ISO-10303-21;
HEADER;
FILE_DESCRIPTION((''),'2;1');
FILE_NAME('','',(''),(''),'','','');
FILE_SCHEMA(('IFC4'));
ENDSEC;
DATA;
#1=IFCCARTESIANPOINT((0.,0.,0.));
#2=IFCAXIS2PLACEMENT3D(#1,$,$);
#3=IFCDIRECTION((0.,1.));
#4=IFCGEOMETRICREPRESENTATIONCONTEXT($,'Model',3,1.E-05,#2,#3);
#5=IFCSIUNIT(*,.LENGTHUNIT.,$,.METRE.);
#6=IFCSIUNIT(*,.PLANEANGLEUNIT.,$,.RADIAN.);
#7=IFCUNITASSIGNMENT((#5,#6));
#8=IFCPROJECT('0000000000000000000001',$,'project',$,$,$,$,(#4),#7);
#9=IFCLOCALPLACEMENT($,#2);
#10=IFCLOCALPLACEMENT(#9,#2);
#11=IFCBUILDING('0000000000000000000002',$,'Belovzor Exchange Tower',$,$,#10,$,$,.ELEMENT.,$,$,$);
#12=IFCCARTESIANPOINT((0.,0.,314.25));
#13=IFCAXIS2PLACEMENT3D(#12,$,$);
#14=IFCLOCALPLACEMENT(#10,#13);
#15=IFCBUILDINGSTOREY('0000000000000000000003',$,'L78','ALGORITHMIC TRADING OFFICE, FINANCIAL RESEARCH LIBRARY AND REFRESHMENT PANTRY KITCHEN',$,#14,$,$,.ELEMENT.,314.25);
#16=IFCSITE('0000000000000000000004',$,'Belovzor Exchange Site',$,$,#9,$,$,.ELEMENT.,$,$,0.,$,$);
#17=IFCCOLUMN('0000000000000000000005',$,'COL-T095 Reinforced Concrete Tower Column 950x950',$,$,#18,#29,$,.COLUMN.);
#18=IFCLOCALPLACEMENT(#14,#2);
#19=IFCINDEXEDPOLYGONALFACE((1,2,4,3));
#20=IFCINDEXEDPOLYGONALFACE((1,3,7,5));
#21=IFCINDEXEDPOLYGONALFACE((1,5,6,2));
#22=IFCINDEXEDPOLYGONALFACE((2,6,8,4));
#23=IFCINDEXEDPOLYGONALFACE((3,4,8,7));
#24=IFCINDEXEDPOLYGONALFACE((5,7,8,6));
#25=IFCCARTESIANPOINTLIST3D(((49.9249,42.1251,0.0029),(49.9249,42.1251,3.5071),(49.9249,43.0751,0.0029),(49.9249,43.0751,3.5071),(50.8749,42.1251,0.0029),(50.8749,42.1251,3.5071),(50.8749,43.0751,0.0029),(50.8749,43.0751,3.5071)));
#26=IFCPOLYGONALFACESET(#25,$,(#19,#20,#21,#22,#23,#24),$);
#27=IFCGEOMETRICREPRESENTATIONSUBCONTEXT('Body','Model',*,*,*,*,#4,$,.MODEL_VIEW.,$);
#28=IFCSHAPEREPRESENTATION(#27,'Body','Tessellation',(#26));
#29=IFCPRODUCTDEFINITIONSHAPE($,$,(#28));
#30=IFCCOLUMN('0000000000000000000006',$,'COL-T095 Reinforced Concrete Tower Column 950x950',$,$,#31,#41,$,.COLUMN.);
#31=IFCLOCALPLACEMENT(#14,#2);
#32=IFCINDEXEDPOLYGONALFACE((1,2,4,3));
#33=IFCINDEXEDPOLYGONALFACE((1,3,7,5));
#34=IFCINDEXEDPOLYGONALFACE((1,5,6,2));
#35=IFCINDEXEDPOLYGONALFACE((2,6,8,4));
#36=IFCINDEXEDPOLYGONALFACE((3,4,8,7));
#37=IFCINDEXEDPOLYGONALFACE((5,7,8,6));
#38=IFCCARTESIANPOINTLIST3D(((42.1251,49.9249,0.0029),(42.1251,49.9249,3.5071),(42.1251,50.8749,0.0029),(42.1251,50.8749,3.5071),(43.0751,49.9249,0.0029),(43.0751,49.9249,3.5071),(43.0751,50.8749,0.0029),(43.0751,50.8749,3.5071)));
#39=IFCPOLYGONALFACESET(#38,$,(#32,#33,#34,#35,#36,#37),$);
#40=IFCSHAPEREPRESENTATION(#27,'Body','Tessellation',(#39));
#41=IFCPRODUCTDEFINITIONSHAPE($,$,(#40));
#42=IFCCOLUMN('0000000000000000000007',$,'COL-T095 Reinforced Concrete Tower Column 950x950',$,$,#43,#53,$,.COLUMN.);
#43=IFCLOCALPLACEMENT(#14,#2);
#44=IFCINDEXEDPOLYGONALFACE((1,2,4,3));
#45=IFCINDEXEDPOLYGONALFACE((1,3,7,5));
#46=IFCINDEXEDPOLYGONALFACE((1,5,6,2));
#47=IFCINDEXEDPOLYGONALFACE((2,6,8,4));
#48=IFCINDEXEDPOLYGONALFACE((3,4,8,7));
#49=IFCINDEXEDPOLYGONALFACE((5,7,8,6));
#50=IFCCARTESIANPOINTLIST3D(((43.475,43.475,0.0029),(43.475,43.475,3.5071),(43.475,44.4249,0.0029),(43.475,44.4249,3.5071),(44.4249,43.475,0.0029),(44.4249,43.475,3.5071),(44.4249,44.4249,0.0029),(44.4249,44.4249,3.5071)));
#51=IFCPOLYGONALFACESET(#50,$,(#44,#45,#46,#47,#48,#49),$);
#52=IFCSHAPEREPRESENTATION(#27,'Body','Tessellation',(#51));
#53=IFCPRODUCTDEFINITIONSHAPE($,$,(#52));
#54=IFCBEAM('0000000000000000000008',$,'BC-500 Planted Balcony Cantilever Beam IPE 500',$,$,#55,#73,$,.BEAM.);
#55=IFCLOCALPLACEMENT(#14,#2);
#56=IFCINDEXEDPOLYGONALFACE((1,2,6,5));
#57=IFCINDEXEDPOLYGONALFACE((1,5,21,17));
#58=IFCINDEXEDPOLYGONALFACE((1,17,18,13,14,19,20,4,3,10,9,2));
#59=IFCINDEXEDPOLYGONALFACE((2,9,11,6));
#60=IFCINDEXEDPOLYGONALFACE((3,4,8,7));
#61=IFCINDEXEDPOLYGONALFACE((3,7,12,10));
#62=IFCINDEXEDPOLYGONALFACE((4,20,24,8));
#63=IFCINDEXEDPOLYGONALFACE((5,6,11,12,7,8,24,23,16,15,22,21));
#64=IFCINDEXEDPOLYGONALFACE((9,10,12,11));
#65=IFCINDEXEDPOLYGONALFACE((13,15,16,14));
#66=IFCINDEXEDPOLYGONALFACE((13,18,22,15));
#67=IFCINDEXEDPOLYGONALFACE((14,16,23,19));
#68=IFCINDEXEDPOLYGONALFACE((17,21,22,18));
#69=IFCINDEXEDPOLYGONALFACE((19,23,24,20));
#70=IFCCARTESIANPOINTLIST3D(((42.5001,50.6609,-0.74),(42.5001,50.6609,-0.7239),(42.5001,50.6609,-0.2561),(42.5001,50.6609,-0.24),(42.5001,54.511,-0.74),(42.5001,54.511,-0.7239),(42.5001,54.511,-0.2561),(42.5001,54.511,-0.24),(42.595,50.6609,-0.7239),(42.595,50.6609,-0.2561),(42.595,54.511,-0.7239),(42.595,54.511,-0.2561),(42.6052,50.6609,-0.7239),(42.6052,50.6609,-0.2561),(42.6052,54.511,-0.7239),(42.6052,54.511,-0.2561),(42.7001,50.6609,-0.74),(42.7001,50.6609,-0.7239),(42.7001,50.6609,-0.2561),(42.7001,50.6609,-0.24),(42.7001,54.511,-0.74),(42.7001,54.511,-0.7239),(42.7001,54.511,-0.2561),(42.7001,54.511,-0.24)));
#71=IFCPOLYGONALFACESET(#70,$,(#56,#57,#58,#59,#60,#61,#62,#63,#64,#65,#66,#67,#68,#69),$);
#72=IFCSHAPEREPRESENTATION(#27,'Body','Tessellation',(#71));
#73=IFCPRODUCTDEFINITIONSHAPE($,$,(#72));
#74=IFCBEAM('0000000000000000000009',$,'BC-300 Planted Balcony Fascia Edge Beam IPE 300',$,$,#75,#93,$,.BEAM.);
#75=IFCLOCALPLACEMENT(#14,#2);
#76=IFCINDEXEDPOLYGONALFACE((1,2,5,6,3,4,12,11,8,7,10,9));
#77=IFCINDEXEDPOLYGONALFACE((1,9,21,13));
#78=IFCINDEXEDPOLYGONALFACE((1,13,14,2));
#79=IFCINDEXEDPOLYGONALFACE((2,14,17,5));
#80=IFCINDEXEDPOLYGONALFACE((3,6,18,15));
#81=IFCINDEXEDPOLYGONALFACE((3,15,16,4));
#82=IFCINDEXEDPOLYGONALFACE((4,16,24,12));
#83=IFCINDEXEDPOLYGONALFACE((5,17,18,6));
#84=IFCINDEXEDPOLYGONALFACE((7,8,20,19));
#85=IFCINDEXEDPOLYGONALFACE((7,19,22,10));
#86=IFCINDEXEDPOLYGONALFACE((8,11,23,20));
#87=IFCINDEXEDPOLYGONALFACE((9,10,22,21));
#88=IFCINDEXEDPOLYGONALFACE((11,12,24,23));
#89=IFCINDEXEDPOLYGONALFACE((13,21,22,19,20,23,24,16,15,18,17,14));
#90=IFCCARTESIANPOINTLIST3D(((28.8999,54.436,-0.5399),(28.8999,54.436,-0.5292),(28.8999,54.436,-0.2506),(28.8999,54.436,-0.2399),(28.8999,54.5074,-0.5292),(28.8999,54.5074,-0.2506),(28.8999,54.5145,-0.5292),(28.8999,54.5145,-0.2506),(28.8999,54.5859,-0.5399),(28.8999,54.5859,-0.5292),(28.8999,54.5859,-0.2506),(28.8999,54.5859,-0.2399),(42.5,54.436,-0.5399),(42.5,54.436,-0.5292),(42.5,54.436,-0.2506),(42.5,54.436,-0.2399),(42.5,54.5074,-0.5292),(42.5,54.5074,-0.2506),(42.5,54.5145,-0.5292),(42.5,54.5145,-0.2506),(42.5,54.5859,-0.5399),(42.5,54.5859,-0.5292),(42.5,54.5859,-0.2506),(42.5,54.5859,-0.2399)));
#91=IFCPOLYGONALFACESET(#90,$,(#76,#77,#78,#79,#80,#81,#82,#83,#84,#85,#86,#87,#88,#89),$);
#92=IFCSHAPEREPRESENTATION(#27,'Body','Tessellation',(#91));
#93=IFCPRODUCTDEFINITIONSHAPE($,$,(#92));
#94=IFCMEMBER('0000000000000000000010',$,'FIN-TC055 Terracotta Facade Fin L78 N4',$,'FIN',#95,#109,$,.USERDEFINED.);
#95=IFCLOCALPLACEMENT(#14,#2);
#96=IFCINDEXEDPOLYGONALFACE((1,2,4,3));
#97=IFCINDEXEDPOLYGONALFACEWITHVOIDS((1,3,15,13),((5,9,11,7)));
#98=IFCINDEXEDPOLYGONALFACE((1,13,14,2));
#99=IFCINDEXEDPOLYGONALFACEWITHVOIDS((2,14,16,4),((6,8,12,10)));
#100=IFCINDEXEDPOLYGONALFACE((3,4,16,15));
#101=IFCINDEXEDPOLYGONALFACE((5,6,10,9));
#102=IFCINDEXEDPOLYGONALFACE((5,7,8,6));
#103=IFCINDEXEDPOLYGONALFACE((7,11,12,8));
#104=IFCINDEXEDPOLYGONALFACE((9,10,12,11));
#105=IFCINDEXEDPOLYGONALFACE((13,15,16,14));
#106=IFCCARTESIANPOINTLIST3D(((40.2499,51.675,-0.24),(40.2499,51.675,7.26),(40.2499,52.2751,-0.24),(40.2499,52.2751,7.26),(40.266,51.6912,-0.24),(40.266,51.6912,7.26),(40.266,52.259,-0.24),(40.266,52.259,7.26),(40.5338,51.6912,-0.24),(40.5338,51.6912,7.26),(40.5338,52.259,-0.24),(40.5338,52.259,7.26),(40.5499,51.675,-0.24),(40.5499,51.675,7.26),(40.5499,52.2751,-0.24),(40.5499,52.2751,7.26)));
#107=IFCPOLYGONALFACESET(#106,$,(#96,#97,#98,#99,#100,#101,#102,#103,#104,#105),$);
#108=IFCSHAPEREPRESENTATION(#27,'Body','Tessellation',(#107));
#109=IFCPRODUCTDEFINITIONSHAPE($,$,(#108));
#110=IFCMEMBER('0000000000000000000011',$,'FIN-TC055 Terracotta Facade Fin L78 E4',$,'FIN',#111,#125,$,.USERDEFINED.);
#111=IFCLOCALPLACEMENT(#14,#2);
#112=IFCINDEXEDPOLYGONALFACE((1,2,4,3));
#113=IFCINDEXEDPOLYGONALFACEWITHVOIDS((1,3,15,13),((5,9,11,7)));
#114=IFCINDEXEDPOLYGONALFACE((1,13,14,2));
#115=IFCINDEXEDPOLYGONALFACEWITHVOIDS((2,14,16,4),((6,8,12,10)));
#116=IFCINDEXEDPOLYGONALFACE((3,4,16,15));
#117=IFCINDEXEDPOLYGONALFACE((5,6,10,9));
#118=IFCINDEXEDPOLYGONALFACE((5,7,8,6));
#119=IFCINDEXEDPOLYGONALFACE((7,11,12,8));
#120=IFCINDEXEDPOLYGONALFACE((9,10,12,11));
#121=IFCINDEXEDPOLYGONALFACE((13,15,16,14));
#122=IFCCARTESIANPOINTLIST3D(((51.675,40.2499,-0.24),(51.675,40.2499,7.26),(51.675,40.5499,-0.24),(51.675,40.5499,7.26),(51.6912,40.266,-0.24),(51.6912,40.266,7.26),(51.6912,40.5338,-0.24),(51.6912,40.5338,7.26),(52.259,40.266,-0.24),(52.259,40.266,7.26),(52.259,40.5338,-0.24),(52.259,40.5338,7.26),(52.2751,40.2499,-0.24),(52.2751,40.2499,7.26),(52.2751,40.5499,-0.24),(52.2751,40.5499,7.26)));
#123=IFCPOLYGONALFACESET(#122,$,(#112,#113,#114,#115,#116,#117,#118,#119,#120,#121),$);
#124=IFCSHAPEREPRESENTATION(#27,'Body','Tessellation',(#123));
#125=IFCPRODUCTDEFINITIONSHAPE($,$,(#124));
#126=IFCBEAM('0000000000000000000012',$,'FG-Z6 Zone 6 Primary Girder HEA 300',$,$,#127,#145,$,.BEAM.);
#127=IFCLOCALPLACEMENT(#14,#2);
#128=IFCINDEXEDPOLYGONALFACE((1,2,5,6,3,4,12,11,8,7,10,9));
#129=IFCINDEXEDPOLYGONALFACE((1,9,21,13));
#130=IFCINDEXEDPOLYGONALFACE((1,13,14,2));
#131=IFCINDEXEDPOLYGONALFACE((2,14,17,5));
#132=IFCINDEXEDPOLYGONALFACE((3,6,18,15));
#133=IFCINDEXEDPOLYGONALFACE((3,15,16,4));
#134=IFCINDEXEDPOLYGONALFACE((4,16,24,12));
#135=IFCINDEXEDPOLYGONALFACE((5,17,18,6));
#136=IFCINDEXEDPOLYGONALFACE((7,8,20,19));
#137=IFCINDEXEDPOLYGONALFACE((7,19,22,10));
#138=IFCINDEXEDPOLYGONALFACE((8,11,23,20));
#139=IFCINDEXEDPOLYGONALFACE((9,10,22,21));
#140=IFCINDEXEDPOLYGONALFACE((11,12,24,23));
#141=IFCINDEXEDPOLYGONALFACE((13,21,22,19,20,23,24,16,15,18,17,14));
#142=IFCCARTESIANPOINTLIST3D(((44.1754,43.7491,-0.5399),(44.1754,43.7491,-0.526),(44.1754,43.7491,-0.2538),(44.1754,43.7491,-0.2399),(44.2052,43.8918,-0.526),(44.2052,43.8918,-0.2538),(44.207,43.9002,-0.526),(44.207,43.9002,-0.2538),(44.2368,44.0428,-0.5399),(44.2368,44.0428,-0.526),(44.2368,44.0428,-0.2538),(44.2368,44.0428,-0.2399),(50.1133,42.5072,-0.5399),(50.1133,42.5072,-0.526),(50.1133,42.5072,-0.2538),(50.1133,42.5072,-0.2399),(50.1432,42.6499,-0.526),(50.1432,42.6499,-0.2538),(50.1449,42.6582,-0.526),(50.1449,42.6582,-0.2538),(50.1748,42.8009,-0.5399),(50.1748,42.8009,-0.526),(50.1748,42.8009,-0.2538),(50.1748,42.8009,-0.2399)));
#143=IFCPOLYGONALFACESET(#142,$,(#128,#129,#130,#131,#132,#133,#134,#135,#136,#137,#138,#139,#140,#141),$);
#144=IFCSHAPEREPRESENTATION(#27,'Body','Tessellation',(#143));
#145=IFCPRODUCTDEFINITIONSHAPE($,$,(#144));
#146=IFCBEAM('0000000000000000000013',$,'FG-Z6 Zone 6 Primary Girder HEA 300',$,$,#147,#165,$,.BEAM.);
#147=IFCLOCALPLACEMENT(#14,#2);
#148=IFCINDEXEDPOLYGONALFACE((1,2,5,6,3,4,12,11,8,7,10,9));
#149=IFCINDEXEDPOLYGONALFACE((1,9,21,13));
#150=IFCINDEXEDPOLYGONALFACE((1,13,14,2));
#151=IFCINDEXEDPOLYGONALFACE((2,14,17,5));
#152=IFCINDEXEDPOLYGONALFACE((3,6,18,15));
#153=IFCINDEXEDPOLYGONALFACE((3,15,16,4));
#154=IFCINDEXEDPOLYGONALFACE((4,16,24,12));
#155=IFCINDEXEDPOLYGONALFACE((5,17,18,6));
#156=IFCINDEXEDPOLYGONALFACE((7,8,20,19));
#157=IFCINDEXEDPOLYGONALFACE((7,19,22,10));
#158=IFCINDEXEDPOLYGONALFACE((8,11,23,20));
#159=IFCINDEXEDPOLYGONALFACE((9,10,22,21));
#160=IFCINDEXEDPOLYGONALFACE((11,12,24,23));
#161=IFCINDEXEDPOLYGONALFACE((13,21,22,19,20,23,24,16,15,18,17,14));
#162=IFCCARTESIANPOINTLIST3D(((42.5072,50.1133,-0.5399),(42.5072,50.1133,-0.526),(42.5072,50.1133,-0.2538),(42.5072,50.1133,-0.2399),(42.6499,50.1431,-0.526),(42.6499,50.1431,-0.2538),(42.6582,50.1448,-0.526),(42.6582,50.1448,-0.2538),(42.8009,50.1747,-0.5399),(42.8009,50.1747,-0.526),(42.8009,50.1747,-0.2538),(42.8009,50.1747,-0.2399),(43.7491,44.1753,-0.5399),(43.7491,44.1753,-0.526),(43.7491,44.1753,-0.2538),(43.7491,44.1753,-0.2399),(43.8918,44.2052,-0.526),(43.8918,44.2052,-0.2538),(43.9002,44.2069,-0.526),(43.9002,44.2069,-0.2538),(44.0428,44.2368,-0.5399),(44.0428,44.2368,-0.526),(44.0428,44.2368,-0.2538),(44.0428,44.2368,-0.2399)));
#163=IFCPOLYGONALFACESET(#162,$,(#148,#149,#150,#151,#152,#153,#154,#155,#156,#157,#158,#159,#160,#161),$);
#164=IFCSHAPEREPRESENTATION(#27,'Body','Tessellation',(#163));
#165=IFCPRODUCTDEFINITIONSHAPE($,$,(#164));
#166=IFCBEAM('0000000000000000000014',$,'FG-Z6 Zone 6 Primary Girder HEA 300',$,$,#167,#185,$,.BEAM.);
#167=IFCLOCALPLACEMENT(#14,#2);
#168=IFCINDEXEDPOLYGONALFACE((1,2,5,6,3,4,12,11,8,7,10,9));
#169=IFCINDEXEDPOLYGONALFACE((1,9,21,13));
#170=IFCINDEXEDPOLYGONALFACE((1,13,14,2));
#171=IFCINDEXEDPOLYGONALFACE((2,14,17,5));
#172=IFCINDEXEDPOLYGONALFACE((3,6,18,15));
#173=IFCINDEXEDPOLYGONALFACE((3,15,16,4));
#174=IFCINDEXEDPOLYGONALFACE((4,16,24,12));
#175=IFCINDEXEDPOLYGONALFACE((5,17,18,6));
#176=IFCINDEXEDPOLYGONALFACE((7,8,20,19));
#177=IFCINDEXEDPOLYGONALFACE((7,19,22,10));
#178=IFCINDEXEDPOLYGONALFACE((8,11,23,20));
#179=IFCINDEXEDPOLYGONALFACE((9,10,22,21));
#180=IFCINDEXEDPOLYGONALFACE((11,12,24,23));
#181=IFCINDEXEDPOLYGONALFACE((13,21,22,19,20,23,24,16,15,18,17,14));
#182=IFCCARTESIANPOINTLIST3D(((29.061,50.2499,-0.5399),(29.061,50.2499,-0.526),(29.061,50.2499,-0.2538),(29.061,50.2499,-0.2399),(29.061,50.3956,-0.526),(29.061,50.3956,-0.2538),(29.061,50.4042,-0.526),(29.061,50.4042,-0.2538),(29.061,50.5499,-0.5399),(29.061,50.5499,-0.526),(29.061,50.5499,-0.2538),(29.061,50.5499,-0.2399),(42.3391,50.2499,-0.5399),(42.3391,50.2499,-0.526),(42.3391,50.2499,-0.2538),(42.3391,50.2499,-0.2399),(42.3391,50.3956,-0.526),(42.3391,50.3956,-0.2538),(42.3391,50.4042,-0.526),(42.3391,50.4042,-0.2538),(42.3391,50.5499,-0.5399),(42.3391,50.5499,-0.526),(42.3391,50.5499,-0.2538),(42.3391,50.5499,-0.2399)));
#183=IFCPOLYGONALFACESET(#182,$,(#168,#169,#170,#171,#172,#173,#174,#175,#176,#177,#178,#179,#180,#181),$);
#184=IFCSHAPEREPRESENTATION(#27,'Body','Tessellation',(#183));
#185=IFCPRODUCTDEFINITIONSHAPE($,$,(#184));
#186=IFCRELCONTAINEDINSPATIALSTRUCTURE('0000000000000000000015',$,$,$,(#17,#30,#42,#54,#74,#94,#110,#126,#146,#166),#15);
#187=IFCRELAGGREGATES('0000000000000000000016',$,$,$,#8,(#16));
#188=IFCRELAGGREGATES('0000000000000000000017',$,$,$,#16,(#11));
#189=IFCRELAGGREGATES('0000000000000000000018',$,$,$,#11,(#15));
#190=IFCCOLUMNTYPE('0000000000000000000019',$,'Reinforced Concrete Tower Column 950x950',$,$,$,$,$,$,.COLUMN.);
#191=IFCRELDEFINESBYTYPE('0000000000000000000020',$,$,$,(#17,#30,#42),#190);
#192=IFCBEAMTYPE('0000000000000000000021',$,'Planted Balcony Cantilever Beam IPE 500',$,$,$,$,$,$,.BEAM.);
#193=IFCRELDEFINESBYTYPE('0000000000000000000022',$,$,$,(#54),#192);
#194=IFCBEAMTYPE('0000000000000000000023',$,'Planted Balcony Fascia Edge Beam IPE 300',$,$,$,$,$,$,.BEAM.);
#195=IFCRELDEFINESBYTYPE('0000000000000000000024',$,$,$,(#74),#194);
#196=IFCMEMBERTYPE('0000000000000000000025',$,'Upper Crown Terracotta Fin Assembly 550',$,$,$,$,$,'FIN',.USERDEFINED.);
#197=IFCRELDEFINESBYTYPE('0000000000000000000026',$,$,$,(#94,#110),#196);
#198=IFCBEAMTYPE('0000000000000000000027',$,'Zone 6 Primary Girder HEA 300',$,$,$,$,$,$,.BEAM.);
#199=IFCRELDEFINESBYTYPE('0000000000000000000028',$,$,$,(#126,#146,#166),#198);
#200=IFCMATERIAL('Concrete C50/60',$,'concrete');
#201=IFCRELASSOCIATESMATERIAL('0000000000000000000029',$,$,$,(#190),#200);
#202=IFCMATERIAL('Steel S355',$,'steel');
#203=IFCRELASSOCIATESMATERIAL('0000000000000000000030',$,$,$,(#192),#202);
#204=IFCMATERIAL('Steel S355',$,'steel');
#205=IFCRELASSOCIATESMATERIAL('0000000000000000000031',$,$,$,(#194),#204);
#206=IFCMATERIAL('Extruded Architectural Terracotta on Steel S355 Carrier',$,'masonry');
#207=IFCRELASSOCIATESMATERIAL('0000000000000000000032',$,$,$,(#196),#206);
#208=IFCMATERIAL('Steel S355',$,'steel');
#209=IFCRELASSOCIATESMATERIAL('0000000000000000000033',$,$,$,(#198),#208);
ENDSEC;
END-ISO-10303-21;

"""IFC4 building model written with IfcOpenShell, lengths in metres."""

from ifc_helpers import new_model, si_unit, direction, frame, origin, origin_2d, place, context, subcontext, project, spatial, rectangle, hollow_rectangle, i_section, extrude, material, material_profile, profile_set, type_object, element, save


model = new_model("IFC4")

# Units and contexts
model_context = context("Model", 3, precision=1e-05, world=origin(), true_north=direction((0.0, 1.0)))
body_context = subcontext(model_context, "Body", "Model", "MODEL_VIEW")
ifc_project = project(units=[si_unit("LENGTHUNIT", "METRE"), si_unit("PLANEANGLEUNIT", "RADIAN")], contexts=[model_context])

# Site, building, storey
site_placement = place(None, origin())
site = spatial("IfcSite", under=ifc_project, at=site_placement, Name="Belovzor Exchange Site", CompositionType="ELEMENT", RefElevation=0.0)
building_placement = place(site_placement, origin())
building = spatial("IfcBuilding", under=site, at=building_placement, Name="Belovzor Exchange Tower", CompositionType="ELEMENT")
storey_placement = place(building_placement, frame((0.0, 0.0, 314.25)))
storey = spatial("IfcBuildingStorey", under=building, at=storey_placement, Name="L78", Description="ALGORITHMIC TRADING OFFICE, FINANCIAL RESEARCH LIBRARY AND REFRESHMENT PANTRY KITCHEN", CompositionType="ELEMENT", Elevation=314.25)

# Columns
ifc_material_1 = material(Name="Concrete C50/60", Category="concrete")
ifc_material_profile_1 = material_profile(ifc_material_1, rectangle(XDim=0.95, YDim=0.95, at=origin_2d()))
ifc_profile_set_1 = profile_set([ifc_material_profile_1], Name="Concrete C50/60")
column_type = type_object("IfcColumnType", Name="Reinforced Concrete Tower Column 950x950", PredefinedType="COLUMN", material=ifc_profile_set_1)
for number, where, z_axis, x_axis, name in (
    (1, (50.3999, 42.6001, 0.0029), (0.0, 0.0, 1.0), (1.0, 0.0, 0.0), "COL-T095 Reinforced Concrete Tower Column 950x950"),
    (2, (42.6001, 50.3999, 0.0029), (0.0, 0.0, 1.0), (1.0, 0.0, 0.0), "COL-T095 Reinforced Concrete Tower Column 950x950"),
    (3, (43.95, 43.95, 0.0029), (0.0, 0.0, 1.0), (1.0, 0.0, 0.0), "COL-T095 Reinforced Concrete Tower Column 950x950"),
):
    element("IfcColumn", number, at=place(storey_placement, frame(where, z_axis=z_axis, x_axis=x_axis)), inside=storey, type_object=column_type, Name=name, PredefinedType="COLUMN", context=body_context, shape_type="SweptSolid", body=[
        extrude(rectangle(XDim=0.95, YDim=0.95, at=origin_2d()), origin(), (0.0, 0.0, 1.0), 3.5042),
    ])

# Beams
ifc_material_2 = material(Name="Steel S355", Category="steel")
ifc_material_profile_2 = material_profile(ifc_material_2, i_section(OverallWidth=0.2, OverallDepth=0.5, WebThickness=0.0103, FlangeThickness=0.0161, at=origin_2d()))
ifc_profile_set_2 = profile_set([ifc_material_profile_2], Name="Steel S355")
beam_type_1 = type_object("IfcBeamType", Name="Planted Balcony Cantilever Beam IPE 500", PredefinedType="BEAM", material=ifc_profile_set_2)
beam_1_placement = place(storey_placement, frame((42.6001, 50.6609, -0.49), z_axis=(0.0, 1.0, 0.0), x_axis=(-1.0, 0.0, 0.0)))
element("IfcBeam", 4, at=beam_1_placement, inside=storey, type_object=beam_type_1, Name="BC-500 Planted Balcony Cantilever Beam IPE 500", PredefinedType="BEAM", context=body_context, shape_type="SweptSolid", body=[
    extrude(i_section(OverallWidth=0.2, OverallDepth=0.5, WebThickness=0.0103, FlangeThickness=0.0161, at=origin_2d()), origin(), (0.0, 0.0, 1.0), 3.8501),
])
ifc_material_3 = material(Name="Steel S355", Category="steel")
ifc_material_profile_3 = material_profile(ifc_material_3, i_section(OverallWidth=0.1499, OverallDepth=0.3, WebThickness=0.0071, FlangeThickness=0.0107, at=origin_2d()))
ifc_profile_set_3 = profile_set([ifc_material_profile_3], Name="Steel S355")
beam_type_2 = type_object("IfcBeamType", Name="Planted Balcony Fascia Edge Beam IPE 300", PredefinedType="BEAM", material=ifc_profile_set_3)
beam_2_placement = place(storey_placement, frame((42.5, 54.511, -0.3899), z_axis=(-1.0, 0.0, 0.0), x_axis=(0.0, -1.0, 0.0)))
element("IfcBeam", 5, at=beam_2_placement, inside=storey, type_object=beam_type_2, Name="BC-300 Planted Balcony Fascia Edge Beam IPE 300", PredefinedType="BEAM", context=body_context, shape_type="SweptSolid", body=[
    extrude(i_section(OverallWidth=0.1499, OverallDepth=0.3, WebThickness=0.0071, FlangeThickness=0.0107, at=origin_2d()), origin(), (0.0, 0.0, 1.0), 13.6001),
])

# Members
ifc_material_4 = material(Name="Extruded Architectural Terracotta on Steel S355 Carrier", Category="masonry")
ifc_material_profile_4 = material_profile(ifc_material_4, hollow_rectangle(XDim=0.3, YDim=0.6001, WallThickness=0.0161, at=origin_2d()))
ifc_profile_set_4 = profile_set([ifc_material_profile_4], Name="Extruded Architectural Terracotta on Steel S355 Carrier")
member_type = type_object("IfcMemberType", Name="Upper Crown Terracotta Fin Assembly 550", ElementType="FIN", PredefinedType="USERDEFINED", material=ifc_profile_set_4)
for number, where, z_axis, x_axis, name in (
    (6, (40.3999, 51.9751, -0.24), (0.0, 0.0, 1.0), (1.0, 0.0, 0.0), "FIN-TC055 Terracotta Facade Fin L78 N4"),
    (7, (51.9751, 40.3999, -0.24), (0.0, 0.0, 1.0), (0.0, 1.0, 0.0), "FIN-TC055 Terracotta Facade Fin L78 E4"),
):
    element("IfcMember", number, at=place(storey_placement, frame(where, z_axis=z_axis, x_axis=x_axis)), inside=storey, type_object=member_type, Name=name, ObjectType="FIN", PredefinedType="USERDEFINED", context=body_context, shape_type="SweptSolid", body=[
        extrude(hollow_rectangle(XDim=0.3, YDim=0.6001, WallThickness=0.0161, at=origin_2d()), origin(), (0.0, 0.0, 1.0), 7.5),
    ])

# Beams
ifc_material_5 = material(Name="Steel S355", Category="steel")
ifc_material_profile_5 = material_profile(ifc_material_5, i_section(OverallWidth=0.3, OverallDepth=0.3, WebThickness=0.0085, FlangeThickness=0.0139, at=origin_2d()))
ifc_profile_set_5 = profile_set([ifc_material_profile_5], Name="Steel S355")
beam_type_3 = type_object("IfcBeamType", Name="Zone 6 Primary Girder HEA 300", PredefinedType="BEAM", material=ifc_profile_set_5)
for number, where, z_axis, x_axis, name in (
    (8, (50.144, 42.6541, -0.3899), (-0.97882, 0.204722, 0.0), (-0.204722, -0.97882, 0.0), "FG-Z6 Zone 6 Primary Girder HEA 300"),
    (9, (43.896, 44.2061, -0.3899), (-0.204722, 0.97882, 0.0), (-0.97882, -0.204722, 0.0), "FG-Z6 Zone 6 Primary Girder HEA 300"),
):
    element("IfcBeam", number, at=place(storey_placement, frame(where, z_axis=z_axis, x_axis=x_axis)), inside=storey, type_object=beam_type_3, Name=name, PredefinedType="BEAM", context=body_context, shape_type="SweptSolid", body=[
        extrude(i_section(OverallWidth=0.3, OverallDepth=0.3, WebThickness=0.0085, FlangeThickness=0.0139, at=origin_2d()), origin(), (0.0, 0.0, 1.0), 6.0664),
    ])
beam_3_placement = place(storey_placement, frame((42.3391, 50.3999, -0.3899), z_axis=(-1.0, 0.0, 0.0), x_axis=(0.0, -1.0, 0.0)))
element("IfcBeam", 10, at=beam_3_placement, inside=storey, type_object=beam_type_3, Name="FG-Z6 Zone 6 Primary Girder HEA 300", PredefinedType="BEAM", context=body_context, shape_type="SweptSolid", body=[
    extrude(i_section(OverallWidth=0.3, OverallDepth=0.3, WebThickness=0.0085, FlangeThickness=0.0139, at=origin_2d()), origin(), (0.0, 0.0, 1.0), 13.2781),
])

save(model, "model.ifc")
